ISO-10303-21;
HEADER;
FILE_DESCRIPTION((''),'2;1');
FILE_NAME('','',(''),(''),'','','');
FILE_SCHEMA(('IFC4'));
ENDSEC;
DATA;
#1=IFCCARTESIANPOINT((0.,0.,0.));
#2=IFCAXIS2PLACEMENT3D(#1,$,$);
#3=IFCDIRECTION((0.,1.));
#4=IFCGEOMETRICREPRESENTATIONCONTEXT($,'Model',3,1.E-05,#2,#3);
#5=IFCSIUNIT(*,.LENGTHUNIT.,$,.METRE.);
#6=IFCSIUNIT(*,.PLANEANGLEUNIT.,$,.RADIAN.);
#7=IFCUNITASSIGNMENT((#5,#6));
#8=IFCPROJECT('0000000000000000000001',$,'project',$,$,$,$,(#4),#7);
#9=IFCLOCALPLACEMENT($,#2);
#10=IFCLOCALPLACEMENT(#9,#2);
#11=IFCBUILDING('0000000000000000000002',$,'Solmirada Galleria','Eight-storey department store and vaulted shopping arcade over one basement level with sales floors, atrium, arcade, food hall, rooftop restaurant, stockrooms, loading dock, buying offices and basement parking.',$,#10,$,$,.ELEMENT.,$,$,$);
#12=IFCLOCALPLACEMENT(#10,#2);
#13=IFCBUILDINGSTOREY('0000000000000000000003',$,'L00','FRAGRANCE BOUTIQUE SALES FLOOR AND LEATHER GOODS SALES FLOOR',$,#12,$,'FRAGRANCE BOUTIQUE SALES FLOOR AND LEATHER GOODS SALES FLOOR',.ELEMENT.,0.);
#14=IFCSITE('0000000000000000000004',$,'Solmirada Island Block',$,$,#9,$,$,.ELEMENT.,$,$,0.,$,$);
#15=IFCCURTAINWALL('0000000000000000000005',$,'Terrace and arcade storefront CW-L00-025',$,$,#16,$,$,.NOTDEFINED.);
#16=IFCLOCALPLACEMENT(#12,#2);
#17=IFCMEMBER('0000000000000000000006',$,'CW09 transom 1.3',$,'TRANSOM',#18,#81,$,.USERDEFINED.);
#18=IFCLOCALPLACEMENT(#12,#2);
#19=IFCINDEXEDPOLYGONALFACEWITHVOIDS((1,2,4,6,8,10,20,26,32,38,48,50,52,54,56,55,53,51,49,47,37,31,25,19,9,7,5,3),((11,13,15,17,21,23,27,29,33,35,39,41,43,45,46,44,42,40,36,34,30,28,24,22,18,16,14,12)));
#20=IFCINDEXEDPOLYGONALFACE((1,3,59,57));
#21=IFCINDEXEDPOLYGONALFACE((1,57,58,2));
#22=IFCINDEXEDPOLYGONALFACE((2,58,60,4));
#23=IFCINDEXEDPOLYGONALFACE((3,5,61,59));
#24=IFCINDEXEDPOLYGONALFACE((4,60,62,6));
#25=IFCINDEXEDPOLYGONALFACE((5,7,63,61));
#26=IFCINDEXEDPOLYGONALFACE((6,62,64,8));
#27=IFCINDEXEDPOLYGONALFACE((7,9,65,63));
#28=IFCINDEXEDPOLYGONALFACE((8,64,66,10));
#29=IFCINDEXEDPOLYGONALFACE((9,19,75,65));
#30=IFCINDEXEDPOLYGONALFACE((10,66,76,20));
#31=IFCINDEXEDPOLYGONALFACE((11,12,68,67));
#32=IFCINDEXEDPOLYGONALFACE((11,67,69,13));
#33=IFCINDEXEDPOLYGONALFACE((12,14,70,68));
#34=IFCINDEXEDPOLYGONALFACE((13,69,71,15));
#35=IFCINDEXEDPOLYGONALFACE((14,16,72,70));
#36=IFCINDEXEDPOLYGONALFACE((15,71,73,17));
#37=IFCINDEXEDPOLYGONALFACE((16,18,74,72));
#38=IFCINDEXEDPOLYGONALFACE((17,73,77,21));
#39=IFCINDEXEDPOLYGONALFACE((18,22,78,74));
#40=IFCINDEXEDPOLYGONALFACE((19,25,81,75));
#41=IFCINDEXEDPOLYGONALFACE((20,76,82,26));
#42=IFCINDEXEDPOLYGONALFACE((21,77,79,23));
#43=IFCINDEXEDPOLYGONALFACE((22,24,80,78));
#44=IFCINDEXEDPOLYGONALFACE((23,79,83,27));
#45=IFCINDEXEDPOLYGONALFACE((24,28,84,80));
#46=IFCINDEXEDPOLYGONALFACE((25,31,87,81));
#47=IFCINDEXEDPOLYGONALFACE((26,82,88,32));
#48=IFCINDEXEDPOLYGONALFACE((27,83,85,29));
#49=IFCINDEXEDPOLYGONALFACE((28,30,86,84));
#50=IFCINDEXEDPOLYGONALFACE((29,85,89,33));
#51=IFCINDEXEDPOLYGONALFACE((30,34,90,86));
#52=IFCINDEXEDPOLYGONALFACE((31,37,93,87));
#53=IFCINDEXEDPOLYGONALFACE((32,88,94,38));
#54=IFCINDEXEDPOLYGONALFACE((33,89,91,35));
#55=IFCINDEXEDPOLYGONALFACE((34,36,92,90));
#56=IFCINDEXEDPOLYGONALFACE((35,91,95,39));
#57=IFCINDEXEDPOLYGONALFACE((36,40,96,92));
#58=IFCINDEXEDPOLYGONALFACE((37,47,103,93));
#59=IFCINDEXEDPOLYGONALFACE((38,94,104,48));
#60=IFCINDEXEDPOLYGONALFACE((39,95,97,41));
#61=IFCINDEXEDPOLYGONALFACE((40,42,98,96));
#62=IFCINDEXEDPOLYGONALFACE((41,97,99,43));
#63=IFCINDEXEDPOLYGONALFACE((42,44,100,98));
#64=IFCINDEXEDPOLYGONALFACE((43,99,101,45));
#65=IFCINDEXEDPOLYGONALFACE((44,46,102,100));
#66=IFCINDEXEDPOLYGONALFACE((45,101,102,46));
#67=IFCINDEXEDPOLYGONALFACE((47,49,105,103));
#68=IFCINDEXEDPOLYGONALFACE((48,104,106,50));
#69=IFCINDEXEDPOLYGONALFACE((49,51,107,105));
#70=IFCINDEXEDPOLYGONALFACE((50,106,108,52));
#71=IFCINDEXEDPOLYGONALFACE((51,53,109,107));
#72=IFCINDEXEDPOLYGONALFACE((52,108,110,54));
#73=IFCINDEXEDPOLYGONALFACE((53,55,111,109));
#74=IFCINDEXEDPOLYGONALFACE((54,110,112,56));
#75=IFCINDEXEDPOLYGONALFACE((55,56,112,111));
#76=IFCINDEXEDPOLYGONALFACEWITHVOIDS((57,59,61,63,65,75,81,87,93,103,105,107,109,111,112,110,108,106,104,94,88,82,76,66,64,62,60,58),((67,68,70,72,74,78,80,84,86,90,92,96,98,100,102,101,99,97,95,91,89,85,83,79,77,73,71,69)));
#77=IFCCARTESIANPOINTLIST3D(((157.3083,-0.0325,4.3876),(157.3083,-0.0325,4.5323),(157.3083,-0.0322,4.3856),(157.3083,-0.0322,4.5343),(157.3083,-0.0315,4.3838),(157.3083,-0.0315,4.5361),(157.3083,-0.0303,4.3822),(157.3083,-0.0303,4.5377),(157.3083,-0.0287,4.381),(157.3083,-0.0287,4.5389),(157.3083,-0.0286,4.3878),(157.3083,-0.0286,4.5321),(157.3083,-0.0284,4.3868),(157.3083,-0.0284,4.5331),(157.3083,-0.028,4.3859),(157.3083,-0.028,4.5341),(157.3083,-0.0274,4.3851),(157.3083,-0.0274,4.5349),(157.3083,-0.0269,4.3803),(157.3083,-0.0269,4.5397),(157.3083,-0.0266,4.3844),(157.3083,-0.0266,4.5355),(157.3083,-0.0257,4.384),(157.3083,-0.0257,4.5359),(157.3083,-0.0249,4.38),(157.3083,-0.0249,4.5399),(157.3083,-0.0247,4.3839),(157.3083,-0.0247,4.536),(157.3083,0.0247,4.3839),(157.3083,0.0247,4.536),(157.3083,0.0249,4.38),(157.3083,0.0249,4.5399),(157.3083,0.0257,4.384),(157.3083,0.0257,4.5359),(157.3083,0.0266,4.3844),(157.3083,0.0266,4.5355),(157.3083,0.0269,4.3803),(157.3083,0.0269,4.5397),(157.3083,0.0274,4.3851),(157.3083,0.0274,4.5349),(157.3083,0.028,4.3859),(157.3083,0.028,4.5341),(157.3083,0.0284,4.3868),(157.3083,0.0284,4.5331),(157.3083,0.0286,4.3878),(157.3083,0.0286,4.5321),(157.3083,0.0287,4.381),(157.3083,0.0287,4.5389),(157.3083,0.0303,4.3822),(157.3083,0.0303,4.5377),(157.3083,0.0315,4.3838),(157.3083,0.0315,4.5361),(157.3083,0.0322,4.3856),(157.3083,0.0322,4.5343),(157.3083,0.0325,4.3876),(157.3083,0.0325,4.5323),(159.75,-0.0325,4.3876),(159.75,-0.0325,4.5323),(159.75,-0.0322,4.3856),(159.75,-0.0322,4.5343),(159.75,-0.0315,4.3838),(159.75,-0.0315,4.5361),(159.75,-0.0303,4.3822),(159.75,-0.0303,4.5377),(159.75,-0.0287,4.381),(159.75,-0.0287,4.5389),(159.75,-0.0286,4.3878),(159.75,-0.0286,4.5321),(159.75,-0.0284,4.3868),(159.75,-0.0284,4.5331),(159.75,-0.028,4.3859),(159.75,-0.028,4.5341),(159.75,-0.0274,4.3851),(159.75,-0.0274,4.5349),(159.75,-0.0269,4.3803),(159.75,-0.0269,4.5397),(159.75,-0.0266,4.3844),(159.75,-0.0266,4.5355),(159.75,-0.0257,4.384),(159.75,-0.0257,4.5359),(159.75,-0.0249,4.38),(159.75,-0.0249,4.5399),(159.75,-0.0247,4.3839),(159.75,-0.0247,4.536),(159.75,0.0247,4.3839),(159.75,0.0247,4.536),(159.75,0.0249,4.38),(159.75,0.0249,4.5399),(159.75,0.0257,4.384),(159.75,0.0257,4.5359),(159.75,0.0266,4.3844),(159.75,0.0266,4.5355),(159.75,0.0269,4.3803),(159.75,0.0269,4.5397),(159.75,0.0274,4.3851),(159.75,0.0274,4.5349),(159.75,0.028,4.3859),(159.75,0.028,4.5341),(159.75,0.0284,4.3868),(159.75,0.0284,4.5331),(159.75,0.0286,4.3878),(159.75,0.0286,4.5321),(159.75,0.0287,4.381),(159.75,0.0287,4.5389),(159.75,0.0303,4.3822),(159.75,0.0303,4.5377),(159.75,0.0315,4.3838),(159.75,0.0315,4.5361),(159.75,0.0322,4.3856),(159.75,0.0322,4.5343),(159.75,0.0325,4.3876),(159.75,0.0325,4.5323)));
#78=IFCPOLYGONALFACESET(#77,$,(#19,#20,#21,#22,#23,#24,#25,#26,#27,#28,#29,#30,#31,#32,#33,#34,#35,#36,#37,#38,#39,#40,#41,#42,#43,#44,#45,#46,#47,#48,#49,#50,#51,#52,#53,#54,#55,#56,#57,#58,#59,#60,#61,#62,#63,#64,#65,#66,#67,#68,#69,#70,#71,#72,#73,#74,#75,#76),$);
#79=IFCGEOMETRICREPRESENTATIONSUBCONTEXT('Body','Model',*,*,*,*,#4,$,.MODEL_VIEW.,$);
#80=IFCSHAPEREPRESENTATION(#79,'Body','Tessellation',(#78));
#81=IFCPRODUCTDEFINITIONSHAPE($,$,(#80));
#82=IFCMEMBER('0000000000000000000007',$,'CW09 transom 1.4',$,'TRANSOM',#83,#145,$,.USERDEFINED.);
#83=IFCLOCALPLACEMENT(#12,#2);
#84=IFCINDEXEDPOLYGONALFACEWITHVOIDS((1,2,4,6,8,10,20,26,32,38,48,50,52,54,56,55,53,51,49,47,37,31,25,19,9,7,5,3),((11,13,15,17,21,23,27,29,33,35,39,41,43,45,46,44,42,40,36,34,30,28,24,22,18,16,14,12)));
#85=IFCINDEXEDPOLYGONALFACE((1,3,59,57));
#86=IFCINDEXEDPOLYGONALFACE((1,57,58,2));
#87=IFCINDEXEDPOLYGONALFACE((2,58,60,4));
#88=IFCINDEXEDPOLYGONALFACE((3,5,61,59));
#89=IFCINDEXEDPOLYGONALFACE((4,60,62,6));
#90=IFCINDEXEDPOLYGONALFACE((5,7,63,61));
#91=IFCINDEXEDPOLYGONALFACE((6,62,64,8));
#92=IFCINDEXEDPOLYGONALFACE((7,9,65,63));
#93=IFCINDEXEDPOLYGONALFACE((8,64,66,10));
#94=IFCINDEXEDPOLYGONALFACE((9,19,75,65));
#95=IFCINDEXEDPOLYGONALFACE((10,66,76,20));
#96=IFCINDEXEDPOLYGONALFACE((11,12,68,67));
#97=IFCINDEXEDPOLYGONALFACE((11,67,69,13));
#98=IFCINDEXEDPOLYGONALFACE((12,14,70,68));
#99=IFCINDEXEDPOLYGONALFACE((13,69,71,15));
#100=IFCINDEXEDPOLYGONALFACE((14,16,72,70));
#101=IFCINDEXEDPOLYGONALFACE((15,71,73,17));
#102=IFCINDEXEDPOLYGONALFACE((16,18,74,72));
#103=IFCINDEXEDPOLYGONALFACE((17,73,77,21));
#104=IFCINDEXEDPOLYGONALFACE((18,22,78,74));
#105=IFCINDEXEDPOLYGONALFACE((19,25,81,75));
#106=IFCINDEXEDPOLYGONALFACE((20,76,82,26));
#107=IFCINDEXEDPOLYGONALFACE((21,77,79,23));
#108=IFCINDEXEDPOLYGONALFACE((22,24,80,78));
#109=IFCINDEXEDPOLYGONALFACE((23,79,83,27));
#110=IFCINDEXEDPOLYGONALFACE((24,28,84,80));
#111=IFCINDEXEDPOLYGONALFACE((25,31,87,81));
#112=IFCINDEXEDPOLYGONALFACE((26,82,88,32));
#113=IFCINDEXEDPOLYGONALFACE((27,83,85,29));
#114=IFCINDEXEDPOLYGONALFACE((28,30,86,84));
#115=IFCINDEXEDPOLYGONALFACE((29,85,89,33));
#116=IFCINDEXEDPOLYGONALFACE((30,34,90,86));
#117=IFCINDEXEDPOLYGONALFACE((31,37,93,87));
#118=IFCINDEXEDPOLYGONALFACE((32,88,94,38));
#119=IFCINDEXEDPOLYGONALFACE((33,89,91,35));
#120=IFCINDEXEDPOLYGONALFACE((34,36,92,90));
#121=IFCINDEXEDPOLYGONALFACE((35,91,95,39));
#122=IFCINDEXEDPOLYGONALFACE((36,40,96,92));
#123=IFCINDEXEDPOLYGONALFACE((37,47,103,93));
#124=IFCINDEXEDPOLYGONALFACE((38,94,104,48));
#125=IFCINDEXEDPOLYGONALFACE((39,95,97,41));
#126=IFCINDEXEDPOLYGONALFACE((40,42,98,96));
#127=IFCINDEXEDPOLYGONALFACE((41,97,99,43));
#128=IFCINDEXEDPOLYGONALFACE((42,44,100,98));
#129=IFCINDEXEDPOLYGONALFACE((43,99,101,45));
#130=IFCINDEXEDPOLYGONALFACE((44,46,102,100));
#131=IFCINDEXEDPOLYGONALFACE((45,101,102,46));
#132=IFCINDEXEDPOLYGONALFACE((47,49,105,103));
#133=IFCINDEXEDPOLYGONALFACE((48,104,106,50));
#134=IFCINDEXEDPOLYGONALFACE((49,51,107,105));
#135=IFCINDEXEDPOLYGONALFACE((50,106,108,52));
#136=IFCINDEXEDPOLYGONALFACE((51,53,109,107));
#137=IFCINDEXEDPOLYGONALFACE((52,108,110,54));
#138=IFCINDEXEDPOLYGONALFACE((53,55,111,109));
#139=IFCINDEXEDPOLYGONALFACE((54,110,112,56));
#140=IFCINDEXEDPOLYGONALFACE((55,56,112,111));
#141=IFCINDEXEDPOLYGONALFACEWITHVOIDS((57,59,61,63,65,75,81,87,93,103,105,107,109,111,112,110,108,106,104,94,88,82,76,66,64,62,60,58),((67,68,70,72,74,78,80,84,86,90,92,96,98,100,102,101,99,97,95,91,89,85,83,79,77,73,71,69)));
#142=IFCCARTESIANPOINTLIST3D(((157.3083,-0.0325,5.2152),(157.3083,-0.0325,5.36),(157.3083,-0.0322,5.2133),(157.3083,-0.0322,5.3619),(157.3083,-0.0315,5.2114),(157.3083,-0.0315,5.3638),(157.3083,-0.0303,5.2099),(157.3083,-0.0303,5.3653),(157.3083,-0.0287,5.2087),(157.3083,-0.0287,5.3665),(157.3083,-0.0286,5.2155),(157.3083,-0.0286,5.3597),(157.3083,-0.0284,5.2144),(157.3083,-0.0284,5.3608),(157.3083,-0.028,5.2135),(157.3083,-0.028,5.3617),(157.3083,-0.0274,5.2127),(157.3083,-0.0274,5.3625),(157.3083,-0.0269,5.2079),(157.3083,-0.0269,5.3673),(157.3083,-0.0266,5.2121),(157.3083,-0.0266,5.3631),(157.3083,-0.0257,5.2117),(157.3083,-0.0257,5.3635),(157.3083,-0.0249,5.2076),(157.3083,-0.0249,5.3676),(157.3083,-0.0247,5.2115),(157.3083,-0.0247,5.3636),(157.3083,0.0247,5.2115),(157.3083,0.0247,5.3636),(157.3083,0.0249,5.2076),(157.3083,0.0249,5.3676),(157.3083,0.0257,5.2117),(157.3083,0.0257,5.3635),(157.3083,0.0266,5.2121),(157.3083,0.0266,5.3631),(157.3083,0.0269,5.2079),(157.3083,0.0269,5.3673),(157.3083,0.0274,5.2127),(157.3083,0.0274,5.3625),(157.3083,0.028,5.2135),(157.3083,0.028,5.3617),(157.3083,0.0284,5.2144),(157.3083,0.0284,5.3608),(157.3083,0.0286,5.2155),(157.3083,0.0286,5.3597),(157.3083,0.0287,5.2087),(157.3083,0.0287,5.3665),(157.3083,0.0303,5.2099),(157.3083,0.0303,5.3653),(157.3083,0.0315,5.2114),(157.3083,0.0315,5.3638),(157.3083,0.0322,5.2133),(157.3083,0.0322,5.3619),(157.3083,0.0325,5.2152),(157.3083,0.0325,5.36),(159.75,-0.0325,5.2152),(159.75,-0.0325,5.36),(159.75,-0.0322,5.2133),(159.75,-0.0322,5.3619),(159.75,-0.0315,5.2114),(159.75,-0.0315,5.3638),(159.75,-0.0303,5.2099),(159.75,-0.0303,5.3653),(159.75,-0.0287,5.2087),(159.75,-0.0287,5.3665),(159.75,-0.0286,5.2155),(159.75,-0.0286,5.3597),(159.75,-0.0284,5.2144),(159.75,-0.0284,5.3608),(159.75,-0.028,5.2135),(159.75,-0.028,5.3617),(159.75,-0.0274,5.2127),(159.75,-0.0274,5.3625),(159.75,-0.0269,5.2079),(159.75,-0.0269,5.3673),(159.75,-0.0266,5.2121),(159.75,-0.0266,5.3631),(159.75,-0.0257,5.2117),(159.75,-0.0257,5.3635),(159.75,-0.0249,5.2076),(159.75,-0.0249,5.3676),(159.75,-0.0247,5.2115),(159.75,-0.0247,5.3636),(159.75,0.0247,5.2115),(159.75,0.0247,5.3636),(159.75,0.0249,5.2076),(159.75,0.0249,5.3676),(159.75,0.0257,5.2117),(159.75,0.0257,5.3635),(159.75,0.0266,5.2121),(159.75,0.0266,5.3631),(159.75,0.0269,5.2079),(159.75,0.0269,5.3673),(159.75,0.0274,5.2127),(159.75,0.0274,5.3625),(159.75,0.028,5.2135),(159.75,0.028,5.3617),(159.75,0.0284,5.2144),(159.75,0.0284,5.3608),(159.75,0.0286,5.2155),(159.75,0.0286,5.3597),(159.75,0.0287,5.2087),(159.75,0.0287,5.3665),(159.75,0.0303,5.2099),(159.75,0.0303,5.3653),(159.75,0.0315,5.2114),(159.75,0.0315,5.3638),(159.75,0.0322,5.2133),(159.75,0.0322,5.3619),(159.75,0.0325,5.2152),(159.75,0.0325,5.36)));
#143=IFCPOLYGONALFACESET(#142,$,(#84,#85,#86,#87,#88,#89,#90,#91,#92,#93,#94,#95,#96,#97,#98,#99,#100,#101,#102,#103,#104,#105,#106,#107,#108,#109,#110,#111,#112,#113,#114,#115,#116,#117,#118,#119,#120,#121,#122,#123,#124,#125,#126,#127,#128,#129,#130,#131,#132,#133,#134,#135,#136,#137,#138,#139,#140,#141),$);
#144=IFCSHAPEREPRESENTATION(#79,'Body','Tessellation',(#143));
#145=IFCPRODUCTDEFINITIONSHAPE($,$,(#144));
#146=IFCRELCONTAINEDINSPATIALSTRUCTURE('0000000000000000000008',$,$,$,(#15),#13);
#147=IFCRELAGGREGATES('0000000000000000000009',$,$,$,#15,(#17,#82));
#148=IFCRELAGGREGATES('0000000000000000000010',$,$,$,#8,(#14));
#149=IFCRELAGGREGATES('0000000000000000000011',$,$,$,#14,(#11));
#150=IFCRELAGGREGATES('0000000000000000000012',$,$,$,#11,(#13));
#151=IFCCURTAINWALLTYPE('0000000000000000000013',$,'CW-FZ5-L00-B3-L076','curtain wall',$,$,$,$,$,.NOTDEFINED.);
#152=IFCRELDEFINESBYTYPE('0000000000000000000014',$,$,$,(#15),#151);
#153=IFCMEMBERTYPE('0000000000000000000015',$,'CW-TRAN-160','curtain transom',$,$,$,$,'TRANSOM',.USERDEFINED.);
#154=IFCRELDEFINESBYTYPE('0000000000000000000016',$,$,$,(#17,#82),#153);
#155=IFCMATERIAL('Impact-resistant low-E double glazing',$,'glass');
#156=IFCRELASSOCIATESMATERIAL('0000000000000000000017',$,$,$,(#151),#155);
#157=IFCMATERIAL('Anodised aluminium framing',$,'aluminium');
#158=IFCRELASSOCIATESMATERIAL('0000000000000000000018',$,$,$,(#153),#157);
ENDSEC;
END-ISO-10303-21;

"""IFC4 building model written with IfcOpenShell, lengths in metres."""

from ifc_helpers import new_model, si_unit, direction, frame, origin, origin_2d, place, context, subcontext, project, spatial, hollow_rectangle, extrude, material, material_profile, profile_set, type_object, element, aggregate, save


model = new_model("IFC4")

# Units and contexts
model_context = context("Model", 3, precision=1e-05, world=origin(), true_north=direction((0.0, 1.0)))
body_context = subcontext(model_context, "Body", "Model", "MODEL_VIEW")
ifc_project = project(units=[si_unit("LENGTHUNIT", "METRE"), si_unit("PLANEANGLEUNIT", "RADIAN")], contexts=[model_context])

# Site, building, storey
site_placement = place(None, origin())
site = spatial("IfcSite", under=ifc_project, at=site_placement, Name="Solmirada Island Block", CompositionType="ELEMENT", RefElevation=0.0)
building_placement = place(site_placement, origin())
building = spatial("IfcBuilding", under=site, at=building_placement, Name="Solmirada Galleria", Description="Eight-storey department store and vaulted shopping arcade over one basement level with sales floors, atrium, arcade, food hall, rooftop restaurant, stockrooms, loading dock, buying offices and basement parking.", CompositionType="ELEMENT")
storey_placement = place(building_placement, origin())
storey = spatial("IfcBuildingStorey", under=building, at=storey_placement, Name="L00", Description="FRAGRANCE BOUTIQUE SALES FLOOR AND LEATHER GOODS SALES FLOOR", LongName="FRAGRANCE BOUTIQUE SALES FLOOR AND LEATHER GOODS SALES FLOOR", CompositionType="ELEMENT", Elevation=0.0)

# Curtain wall, members
ifc_material_1 = material(Name="Impact-resistant low-E double glazing", Category="glass")
curtain_wall_type = type_object("IfcCurtainWallType", Name="CW-FZ5-L00-B3-L076", Description="curtain wall", PredefinedType="NOTDEFINED", material=ifc_material_1)
curtain_wall_placement = place(storey_placement, origin())
curtain_wall = element("IfcCurtainWall", 1, at=curtain_wall_placement, inside=storey, type_object=curtain_wall_type, Name="Terrace and arcade storefront CW-L00-025", PredefinedType="NOTDEFINED")
ifc_material_2 = material(Name="Anodised aluminium framing", Category="aluminium")
ifc_material_profile_1 = material_profile(ifc_material_2, hollow_rectangle(XDim=0.0649, YDim=0.1599, WallThickness=0.0039, InnerFilletRadius=0.0039, OuterFilletRadius=0.0076, at=origin_2d()), Name="ALU-TRAN-160X65")
ifc_profile_set_1 = profile_set([ifc_material_profile_1], Name="Anodised aluminium framing")
member_type_1 = type_object("IfcMemberType", Name="CW-TRAN-160", Description="curtain transom", ElementType="TRANSOM", PredefinedType="USERDEFINED", material=ifc_profile_set_1)
member_1_placement = place(storey_placement, frame((159.75, 0.0, 4.46), z_axis=(-1.0, 0.0, 0.0), x_axis=(0.0, -1.0, 0.0)))
member_1 = element("IfcMember", 2, at=member_1_placement, type_object=member_type_1, Name="CW09 transom 1.3", ObjectType="TRANSOM", PredefinedType="USERDEFINED", context=body_context, shape_type="SweptSolid", body=[
    extrude(hollow_rectangle(XDim=0.0649, YDim=0.1599, WallThickness=0.0039, InnerFilletRadius=0.0039, OuterFilletRadius=0.0076, at=origin_2d()), origin(), (0.0, 0.0, 1.0), 2.4417),
])
member_2_placement = place(storey_placement, frame((159.75, 0.0, 5.2876), z_axis=(-1.0, 0.0, 0.0), x_axis=(0.0, -1.0, 0.0)))
member_2 = element("IfcMember", 3, at=member_2_placement, type_object=member_type_1, Name="CW09 transom 1.4", ObjectType="TRANSOM", PredefinedType="USERDEFINED", context=body_context, shape_type="SweptSolid", body=[
    extrude(hollow_rectangle(XDim=0.0649, YDim=0.1599, WallThickness=0.0039, InnerFilletRadius=0.0039, OuterFilletRadius=0.0076, at=origin_2d()), origin(), (0.0, 0.0, 1.0), 2.4417),
])
aggregate(curtain_wall, [member_1, member_2])

save(model, "model.ifc")
